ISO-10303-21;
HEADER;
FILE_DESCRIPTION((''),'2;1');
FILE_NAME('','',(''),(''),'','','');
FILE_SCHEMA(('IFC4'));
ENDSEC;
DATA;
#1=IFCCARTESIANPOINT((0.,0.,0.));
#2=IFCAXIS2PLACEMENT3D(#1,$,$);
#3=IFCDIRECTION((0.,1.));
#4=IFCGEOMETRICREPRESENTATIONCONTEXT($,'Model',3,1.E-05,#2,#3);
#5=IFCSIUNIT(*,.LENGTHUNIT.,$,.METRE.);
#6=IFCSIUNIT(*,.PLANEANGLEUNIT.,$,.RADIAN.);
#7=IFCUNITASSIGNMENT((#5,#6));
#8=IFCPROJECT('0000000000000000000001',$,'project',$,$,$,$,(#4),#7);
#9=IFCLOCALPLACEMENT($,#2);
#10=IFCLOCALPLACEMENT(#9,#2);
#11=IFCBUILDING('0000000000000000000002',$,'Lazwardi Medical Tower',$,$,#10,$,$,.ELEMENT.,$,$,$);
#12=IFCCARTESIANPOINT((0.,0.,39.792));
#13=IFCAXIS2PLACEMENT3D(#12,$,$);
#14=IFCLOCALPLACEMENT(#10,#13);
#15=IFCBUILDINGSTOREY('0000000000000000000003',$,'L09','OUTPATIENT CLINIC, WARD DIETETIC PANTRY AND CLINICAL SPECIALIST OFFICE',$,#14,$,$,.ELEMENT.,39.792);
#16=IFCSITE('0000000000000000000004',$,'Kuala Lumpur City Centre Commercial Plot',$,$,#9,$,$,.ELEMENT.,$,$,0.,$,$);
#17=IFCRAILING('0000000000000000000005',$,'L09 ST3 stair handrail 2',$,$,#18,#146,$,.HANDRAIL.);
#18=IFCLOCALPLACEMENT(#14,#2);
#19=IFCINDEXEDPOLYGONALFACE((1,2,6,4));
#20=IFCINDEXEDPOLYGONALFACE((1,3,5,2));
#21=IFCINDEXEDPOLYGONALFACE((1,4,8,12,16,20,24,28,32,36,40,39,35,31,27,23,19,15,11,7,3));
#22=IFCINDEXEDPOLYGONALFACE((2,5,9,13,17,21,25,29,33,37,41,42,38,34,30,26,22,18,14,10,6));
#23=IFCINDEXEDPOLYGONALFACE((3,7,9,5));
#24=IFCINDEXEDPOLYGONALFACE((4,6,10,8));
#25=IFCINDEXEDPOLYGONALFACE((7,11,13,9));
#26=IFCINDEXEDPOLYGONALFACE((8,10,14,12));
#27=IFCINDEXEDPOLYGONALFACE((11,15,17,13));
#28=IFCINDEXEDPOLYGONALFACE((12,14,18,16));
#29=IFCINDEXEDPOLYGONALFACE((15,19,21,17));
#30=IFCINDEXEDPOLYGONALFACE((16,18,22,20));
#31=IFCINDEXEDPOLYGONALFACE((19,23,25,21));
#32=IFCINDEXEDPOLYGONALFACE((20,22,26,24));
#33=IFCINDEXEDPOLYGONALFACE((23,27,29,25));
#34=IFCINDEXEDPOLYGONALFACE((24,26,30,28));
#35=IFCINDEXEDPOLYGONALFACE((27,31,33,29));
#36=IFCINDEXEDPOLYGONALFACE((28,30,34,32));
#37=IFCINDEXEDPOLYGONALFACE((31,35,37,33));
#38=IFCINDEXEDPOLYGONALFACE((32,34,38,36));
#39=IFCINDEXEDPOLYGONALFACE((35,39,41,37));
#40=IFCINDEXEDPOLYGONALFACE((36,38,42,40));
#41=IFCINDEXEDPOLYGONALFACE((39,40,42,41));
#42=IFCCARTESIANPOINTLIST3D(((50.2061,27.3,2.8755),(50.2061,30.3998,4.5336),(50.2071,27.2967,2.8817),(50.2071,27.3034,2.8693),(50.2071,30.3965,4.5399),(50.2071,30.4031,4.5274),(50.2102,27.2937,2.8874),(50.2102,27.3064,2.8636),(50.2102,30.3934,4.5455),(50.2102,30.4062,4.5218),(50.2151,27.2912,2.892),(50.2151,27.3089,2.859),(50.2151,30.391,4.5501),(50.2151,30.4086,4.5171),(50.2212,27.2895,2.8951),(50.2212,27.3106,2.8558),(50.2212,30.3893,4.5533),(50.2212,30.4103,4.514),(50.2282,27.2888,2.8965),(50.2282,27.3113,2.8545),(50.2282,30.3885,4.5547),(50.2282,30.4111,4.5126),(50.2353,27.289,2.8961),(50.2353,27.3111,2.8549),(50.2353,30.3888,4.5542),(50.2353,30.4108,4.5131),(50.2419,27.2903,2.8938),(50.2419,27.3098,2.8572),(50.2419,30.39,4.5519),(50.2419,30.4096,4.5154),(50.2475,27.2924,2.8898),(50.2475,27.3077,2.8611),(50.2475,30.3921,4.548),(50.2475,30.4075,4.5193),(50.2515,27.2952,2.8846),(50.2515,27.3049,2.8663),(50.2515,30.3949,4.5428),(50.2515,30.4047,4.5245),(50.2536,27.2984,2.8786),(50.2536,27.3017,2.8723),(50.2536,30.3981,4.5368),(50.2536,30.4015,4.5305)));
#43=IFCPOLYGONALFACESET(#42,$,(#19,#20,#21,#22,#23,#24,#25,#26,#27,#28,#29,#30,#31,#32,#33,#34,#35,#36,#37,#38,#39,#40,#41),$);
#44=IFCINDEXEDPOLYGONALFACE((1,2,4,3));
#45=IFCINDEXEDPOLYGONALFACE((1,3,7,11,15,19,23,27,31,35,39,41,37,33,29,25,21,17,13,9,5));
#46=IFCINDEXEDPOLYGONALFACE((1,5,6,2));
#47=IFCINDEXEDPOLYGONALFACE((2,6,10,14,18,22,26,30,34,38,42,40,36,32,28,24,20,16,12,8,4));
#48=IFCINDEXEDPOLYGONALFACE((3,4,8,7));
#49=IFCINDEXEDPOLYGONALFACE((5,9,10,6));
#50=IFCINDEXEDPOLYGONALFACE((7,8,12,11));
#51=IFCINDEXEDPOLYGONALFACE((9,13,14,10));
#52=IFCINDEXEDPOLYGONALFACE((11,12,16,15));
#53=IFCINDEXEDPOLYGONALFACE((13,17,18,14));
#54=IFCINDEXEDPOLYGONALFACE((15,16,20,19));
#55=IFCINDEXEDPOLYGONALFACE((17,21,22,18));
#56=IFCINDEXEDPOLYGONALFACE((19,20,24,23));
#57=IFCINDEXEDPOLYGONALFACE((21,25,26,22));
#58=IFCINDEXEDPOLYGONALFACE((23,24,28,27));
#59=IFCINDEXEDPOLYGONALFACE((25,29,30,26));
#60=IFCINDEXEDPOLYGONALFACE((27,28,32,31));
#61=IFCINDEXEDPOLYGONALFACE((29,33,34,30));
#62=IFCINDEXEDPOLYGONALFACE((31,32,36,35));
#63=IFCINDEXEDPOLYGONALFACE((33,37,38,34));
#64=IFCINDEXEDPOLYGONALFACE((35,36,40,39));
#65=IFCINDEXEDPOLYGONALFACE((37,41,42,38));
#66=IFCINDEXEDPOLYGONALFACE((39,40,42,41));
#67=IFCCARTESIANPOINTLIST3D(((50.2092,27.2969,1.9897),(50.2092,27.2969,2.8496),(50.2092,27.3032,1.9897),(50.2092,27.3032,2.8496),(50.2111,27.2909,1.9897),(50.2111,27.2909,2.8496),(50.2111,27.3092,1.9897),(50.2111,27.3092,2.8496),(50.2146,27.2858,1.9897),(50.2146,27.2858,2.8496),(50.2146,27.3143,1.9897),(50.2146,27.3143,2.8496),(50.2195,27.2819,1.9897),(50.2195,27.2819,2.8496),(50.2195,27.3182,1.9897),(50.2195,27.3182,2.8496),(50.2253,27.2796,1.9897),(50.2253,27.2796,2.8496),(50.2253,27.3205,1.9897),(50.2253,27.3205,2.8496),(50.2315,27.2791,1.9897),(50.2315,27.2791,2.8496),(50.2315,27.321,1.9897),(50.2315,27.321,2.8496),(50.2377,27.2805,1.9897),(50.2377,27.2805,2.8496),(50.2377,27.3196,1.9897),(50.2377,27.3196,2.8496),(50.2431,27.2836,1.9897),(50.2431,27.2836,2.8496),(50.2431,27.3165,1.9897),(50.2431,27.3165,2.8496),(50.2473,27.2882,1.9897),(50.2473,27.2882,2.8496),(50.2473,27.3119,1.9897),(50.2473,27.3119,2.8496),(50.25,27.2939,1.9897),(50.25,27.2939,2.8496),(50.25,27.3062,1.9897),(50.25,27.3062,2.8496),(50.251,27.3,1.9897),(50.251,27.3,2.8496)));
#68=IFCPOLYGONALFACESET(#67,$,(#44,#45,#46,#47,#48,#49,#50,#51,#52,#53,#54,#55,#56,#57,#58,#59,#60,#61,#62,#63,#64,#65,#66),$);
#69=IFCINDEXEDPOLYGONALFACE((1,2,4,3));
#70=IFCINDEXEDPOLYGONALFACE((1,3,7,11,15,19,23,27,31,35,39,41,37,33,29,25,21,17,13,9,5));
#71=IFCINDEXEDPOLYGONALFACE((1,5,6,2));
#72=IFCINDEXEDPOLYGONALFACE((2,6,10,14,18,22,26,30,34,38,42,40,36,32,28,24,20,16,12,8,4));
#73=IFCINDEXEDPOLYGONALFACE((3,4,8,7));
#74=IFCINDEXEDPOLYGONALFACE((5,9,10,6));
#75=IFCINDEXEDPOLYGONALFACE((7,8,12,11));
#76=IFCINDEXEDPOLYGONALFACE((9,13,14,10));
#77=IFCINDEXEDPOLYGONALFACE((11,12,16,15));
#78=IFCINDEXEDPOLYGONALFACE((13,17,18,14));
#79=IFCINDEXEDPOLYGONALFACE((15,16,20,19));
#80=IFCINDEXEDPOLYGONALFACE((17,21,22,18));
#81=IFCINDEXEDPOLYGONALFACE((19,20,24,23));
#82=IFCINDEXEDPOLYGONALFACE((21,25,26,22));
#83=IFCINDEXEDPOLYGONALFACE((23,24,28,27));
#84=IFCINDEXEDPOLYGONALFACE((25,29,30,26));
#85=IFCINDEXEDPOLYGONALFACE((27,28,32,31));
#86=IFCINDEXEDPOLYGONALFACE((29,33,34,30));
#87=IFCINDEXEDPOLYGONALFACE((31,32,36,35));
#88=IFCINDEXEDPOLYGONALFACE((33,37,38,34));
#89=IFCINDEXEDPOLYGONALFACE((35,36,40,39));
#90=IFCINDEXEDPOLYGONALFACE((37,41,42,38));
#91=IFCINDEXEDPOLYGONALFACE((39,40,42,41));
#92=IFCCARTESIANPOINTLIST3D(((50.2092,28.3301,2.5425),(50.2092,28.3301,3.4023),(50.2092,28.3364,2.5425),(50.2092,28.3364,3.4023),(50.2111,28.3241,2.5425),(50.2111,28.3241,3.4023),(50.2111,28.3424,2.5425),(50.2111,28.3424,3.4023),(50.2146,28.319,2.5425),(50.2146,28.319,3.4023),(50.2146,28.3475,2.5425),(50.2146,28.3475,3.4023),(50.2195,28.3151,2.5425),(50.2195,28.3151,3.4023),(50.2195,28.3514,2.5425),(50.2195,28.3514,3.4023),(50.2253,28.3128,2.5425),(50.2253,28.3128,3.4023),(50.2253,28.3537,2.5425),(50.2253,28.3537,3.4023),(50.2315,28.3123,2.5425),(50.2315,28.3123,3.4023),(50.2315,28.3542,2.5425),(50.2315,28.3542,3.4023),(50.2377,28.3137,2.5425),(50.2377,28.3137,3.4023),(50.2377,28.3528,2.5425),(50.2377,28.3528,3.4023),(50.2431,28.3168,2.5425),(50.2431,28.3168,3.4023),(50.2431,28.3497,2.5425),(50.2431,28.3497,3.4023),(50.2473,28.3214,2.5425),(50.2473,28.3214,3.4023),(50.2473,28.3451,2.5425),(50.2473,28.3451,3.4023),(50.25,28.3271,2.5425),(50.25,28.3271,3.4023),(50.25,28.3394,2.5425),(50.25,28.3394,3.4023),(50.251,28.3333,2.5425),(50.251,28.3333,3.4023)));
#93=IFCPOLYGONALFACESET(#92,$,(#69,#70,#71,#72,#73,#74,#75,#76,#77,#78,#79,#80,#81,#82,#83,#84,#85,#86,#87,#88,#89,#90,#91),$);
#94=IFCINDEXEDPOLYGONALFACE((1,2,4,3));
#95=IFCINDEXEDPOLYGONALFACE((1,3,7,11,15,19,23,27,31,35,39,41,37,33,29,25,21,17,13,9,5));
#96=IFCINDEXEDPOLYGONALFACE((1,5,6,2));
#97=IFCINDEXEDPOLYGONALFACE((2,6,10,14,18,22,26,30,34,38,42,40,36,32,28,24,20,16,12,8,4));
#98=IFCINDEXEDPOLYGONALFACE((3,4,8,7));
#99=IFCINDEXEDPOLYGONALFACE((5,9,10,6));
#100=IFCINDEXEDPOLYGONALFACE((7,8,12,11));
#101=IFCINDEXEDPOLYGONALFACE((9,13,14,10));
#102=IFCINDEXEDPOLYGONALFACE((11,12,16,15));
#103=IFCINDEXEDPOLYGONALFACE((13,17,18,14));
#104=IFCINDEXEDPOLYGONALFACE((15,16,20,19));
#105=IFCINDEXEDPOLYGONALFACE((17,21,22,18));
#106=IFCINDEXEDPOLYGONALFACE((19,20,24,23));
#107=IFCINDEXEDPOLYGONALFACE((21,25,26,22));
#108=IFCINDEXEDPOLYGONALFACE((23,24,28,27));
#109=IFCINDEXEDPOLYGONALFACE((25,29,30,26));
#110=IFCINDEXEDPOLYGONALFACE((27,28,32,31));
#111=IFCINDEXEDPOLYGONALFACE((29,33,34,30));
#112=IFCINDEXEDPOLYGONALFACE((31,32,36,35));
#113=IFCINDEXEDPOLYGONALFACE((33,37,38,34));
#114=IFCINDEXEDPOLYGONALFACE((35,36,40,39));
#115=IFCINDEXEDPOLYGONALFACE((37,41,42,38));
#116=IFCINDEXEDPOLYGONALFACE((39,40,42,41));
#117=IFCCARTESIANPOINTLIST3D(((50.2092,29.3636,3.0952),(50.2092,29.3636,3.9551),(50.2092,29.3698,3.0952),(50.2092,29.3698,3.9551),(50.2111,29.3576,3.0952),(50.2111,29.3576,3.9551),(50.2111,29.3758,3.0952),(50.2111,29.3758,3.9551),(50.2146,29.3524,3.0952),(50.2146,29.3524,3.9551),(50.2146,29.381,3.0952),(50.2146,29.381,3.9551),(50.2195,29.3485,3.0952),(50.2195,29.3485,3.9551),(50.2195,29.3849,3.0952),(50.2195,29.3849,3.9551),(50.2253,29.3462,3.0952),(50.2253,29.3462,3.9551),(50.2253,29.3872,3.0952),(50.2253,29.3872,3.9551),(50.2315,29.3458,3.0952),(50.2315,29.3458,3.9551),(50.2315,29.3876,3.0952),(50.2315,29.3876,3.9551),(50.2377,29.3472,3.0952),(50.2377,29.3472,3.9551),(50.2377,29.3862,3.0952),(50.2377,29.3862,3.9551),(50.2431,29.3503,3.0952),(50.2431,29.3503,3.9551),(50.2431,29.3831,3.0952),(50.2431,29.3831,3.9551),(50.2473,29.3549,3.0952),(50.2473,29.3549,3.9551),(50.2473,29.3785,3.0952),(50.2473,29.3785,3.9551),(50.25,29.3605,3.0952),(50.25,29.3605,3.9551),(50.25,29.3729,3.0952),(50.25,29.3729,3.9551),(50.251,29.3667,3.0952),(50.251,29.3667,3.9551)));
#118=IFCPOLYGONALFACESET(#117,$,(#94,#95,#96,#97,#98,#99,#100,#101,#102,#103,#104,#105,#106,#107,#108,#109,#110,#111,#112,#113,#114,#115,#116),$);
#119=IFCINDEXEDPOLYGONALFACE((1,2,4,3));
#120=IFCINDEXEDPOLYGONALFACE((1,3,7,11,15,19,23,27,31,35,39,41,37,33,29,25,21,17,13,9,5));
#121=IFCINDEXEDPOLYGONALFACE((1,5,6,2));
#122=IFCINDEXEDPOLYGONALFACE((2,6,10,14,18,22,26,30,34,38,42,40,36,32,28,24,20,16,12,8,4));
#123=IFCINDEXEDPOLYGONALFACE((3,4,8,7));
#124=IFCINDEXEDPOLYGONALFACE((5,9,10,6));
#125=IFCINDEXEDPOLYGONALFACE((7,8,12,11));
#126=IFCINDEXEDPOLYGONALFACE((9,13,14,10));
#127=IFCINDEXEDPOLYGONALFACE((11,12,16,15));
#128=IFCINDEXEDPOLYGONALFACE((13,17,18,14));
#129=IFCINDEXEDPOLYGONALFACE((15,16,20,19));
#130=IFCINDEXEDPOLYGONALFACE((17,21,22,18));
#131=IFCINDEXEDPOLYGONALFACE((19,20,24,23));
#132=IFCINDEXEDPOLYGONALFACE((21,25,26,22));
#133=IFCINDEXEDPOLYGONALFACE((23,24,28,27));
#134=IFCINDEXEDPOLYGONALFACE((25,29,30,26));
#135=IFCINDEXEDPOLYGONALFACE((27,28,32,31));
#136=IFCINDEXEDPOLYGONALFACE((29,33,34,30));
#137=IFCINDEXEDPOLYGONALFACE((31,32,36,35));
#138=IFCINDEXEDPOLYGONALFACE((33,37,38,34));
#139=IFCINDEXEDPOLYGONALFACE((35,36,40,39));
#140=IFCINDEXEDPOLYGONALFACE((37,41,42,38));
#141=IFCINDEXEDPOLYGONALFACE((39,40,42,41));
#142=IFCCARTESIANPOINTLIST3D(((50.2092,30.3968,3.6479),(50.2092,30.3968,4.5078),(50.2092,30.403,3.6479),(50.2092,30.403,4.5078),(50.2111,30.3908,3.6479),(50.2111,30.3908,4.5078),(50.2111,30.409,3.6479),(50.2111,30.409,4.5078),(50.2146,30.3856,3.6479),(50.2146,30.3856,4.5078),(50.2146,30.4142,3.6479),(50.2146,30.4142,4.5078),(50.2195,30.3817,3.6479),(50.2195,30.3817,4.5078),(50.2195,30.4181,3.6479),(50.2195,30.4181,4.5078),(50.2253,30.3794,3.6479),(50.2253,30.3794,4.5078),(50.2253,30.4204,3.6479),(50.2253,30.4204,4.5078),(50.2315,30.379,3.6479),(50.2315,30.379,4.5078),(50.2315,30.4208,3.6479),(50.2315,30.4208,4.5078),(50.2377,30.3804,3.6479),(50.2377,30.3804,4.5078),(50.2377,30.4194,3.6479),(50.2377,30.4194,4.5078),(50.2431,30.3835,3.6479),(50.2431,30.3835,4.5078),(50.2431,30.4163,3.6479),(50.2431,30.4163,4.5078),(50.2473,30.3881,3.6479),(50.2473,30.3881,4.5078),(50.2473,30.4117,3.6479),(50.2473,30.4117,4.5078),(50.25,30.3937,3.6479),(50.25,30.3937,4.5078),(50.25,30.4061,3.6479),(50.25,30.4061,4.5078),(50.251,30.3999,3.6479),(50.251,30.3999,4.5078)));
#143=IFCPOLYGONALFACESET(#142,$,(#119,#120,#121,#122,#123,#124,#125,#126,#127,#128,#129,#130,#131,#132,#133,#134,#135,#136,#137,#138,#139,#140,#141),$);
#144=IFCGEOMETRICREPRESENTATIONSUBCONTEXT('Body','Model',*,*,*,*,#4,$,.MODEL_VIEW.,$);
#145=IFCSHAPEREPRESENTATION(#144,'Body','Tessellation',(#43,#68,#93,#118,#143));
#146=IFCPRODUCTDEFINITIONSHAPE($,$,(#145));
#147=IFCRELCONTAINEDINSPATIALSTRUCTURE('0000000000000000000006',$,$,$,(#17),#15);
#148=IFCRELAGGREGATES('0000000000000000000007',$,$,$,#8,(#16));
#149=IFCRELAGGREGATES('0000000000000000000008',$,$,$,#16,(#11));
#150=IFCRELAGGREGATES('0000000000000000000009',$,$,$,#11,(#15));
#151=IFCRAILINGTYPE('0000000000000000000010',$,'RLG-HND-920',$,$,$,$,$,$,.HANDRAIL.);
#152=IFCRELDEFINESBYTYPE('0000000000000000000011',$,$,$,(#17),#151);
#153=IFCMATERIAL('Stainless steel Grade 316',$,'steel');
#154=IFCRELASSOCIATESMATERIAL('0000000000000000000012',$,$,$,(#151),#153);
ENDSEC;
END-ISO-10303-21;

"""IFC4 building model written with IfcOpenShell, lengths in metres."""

from ifc_helpers import new_model, si_unit, direction, frame, origin, origin_2d, place, context, subcontext, project, spatial, circle, extrude, material, type_object, element, save


model = new_model("IFC4")

# Units and contexts
model_context = context("Model", 3, precision=1e-05, world=origin(), true_north=direction((0.0, 1.0)))
body_context = subcontext(model_context, "Body", "Model", "MODEL_VIEW")
ifc_project = project(units=[si_unit("LENGTHUNIT", "METRE"), si_unit("PLANEANGLEUNIT", "RADIAN")], contexts=[model_context])

# Site, building, storey
site_placement = place(None, origin())
site = spatial("IfcSite", under=ifc_project, at=site_placement, Name="Kuala Lumpur City Centre Commercial Plot", CompositionType="ELEMENT", RefElevation=0.0)
building_placement = place(site_placement, origin())
building = spatial("IfcBuilding", under=site, at=building_placement, Name="Lazwardi Medical Tower", CompositionType="ELEMENT")
storey_placement = place(building_placement, frame((0.0, 0.0, 39.792)))
storey = spatial("IfcBuildingStorey", under=building, at=storey_placement, Name="L09", Description="OUTPATIENT CLINIC, WARD DIETETIC PANTRY AND CLINICAL SPECIALIST OFFICE", CompositionType="ELEMENT", Elevation=39.792)

# Railing
ifc_material_1 = material(Name="Stainless steel Grade 316", Category="steel")
railing_type_1 = type_object("IfcRailingType", Name="RLG-HND-920", PredefinedType="HANDRAIL", material=ifc_material_1)
railing_1_placement = place(storey_placement, frame((50.23, 27.3, 1.9897)))
element("IfcRailing", 1, at=railing_1_placement, inside=storey, type_object=railing_type_1, Name="L09 ST3 stair handrail 2", PredefinedType="HANDRAIL", context=body_context, shape_type="SweptSolid", body=[
    extrude(circle(Radius=0.0239, at=origin_2d()), frame((0.0, 0.0, 0.8857), z_axis=(0.0, 0.881768, 0.471684), x_axis=(-1.0, 0.0, 0.0)), (0.0, 0.0, 1.0), 3.5154),
    extrude(circle(Radius=0.021, at=origin_2d()), origin(), (0.0, 0.0, 1.0), 0.8599),
    extrude(circle(Radius=0.021, at=origin_2d()), frame((0.0, 1.0332, 0.5527)), (0.0, 0.0, 1.0), 0.8599),
    extrude(circle(Radius=0.021, at=origin_2d()), frame((0.0, 2.0667, 1.1055)), (0.0, 0.0, 1.0), 0.8599),
    extrude(circle(Radius=0.021, at=origin_2d()), frame((0.0, 3.0999, 1.6582)), (0.0, 0.0, 1.0), 0.8599),
])

save(model, "model.ifc")
